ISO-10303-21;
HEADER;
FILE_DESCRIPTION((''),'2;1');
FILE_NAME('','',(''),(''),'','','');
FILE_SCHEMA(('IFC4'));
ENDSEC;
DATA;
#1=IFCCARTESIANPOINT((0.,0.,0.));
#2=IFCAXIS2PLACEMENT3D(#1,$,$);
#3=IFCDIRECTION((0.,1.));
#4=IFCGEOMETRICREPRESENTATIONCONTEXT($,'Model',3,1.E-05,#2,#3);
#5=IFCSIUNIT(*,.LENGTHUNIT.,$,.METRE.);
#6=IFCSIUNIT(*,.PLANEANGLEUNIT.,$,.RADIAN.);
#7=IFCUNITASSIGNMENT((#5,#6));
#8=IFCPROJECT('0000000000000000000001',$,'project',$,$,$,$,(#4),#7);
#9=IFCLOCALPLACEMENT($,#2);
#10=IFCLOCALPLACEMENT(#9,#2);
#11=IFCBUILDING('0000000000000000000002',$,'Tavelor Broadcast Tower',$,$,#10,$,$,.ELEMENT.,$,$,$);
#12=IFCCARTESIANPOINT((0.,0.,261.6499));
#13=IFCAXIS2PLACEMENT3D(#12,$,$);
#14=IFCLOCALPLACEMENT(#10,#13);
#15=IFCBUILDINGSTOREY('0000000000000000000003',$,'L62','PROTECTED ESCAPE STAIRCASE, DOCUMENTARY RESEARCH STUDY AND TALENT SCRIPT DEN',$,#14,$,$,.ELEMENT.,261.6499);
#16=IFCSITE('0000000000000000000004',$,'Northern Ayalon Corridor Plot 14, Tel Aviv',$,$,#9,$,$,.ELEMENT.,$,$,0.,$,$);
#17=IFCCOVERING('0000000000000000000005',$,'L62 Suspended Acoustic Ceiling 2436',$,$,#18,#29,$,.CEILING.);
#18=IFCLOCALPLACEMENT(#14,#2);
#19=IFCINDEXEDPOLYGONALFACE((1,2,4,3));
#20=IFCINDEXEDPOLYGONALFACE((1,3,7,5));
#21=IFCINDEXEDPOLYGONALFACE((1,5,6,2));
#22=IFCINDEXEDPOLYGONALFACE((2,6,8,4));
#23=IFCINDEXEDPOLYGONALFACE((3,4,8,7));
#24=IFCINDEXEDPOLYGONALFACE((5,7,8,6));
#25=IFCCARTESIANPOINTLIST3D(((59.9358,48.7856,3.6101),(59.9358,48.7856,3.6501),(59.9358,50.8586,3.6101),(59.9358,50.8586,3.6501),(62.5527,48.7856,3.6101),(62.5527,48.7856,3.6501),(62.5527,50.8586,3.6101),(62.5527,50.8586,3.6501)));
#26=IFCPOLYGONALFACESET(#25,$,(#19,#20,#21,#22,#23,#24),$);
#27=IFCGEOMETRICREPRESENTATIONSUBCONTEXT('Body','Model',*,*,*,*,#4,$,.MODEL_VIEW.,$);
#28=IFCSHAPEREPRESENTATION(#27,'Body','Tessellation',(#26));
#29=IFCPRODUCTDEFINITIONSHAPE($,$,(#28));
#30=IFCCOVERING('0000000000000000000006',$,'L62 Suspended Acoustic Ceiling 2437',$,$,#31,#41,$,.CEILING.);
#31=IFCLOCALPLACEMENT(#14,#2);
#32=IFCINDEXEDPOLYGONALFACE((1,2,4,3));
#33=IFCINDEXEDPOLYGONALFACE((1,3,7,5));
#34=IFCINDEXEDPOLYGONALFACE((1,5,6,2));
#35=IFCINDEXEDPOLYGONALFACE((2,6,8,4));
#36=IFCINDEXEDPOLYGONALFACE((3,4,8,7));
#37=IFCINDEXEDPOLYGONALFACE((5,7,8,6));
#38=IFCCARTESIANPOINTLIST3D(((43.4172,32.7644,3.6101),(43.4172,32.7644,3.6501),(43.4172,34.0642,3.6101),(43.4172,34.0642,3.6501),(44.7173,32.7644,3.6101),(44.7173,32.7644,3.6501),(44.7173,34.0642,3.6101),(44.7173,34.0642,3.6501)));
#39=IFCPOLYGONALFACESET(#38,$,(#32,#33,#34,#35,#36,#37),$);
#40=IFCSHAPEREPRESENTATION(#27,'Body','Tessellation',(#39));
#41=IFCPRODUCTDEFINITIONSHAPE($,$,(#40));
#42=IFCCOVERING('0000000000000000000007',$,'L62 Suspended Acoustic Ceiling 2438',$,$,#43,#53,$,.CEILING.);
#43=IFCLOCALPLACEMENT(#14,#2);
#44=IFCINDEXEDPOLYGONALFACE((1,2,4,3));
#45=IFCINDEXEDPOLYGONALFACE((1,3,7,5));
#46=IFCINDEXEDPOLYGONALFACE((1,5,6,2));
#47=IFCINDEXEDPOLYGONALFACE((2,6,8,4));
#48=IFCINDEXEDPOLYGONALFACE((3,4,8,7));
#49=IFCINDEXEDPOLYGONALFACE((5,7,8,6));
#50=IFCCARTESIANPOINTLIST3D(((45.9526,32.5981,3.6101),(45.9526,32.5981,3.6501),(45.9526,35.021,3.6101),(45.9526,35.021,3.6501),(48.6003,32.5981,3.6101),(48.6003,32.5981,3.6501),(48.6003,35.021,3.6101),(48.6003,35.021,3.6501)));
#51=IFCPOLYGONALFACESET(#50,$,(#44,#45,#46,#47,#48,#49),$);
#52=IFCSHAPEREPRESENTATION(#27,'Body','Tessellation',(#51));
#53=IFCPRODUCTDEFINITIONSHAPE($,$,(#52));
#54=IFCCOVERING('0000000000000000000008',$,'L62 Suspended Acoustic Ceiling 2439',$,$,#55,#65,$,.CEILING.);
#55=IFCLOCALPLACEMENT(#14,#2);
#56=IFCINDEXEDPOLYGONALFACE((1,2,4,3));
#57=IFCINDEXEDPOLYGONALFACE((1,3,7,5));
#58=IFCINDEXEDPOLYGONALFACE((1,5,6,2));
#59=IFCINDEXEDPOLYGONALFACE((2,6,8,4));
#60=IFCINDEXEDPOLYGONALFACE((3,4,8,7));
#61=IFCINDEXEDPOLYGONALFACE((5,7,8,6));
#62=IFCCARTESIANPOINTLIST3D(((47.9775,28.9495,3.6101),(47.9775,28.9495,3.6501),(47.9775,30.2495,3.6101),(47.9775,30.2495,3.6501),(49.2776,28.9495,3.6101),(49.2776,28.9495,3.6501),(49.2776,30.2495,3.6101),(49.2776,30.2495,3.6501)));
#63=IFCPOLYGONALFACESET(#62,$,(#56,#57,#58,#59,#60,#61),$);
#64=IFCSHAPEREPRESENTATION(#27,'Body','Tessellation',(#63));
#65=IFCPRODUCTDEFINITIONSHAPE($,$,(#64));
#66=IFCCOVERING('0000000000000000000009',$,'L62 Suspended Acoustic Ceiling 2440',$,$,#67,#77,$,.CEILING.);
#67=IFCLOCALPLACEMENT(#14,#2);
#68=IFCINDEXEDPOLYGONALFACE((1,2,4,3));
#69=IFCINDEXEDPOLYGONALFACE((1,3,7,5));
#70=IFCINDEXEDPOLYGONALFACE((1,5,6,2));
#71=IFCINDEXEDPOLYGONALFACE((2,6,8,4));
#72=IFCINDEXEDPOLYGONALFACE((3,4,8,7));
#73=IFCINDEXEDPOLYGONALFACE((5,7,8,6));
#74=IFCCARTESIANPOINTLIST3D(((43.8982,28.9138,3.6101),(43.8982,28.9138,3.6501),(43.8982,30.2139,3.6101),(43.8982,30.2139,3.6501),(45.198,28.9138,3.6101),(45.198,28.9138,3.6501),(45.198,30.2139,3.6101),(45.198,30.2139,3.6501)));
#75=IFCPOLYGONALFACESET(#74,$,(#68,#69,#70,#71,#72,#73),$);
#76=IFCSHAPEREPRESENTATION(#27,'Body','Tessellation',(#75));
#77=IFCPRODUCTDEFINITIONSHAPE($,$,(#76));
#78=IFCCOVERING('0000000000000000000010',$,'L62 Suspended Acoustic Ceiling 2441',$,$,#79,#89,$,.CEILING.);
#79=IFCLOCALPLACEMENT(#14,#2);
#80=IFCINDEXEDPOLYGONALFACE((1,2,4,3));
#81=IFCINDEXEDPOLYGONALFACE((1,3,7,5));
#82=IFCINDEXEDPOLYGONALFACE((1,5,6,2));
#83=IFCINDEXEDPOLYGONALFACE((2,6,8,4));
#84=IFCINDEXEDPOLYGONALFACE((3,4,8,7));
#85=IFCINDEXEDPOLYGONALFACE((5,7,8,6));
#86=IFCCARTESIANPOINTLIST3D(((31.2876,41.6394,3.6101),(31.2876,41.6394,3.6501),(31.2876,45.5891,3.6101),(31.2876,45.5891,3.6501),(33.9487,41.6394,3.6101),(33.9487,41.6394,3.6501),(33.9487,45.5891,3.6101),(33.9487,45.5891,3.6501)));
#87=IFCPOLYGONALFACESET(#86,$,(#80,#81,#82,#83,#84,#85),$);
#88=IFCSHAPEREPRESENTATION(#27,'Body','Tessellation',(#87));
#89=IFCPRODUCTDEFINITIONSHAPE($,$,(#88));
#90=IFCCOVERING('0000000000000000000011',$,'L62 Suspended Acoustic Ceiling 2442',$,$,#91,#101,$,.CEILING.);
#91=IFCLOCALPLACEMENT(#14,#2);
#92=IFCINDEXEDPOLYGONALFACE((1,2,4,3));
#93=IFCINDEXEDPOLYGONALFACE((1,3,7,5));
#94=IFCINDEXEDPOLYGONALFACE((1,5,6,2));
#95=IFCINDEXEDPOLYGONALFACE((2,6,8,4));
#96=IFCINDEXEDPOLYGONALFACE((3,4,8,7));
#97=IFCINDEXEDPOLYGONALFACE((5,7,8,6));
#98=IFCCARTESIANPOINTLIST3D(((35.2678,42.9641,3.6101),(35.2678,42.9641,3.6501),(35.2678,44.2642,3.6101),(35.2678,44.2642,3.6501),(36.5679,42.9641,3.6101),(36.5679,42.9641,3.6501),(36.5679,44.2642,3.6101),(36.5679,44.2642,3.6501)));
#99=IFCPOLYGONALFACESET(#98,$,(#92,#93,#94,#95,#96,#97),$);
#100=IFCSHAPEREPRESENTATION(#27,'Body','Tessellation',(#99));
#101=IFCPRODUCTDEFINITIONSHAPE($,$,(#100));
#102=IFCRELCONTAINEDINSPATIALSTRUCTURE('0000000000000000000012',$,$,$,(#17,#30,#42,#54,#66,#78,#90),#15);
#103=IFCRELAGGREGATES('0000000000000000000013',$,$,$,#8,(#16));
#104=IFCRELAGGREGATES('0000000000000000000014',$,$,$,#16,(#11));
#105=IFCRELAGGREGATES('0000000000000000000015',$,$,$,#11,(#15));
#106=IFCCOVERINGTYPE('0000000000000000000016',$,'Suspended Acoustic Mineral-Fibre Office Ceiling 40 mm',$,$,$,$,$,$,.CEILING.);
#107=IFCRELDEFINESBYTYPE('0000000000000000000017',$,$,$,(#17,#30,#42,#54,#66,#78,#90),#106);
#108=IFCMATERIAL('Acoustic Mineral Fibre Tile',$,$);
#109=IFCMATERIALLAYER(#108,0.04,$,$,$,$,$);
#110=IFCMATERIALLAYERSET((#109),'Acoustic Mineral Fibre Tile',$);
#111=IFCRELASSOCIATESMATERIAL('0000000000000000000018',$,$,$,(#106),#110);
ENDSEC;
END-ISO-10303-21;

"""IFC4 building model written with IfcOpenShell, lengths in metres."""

from ifc_helpers import new_model, si_unit, direction, frame, origin, place, context, subcontext, project, spatial, polyline, outline, extrude, material, layer, layer_set, type_object, element, save


model = new_model("IFC4")

# Units and contexts
model_context = context("Model", 3, precision=1e-05, world=origin(), true_north=direction((0.0, 1.0)))
body_context = subcontext(model_context, "Body", "Model", "MODEL_VIEW")
ifc_project = project(units=[si_unit("LENGTHUNIT", "METRE"), si_unit("PLANEANGLEUNIT", "RADIAN")], contexts=[model_context])

# Site, building, storey
site_placement = place(None, origin())
site = spatial("IfcSite", under=ifc_project, at=site_placement, Name="Northern Ayalon Corridor Plot 14, Tel Aviv", CompositionType="ELEMENT", RefElevation=0.0)
building_placement = place(site_placement, origin())
building = spatial("IfcBuilding", under=site, at=building_placement, Name="Tavelor Broadcast Tower", CompositionType="ELEMENT")
storey_placement = place(building_placement, frame((0.0, 0.0, 261.6499)))
storey = spatial("IfcBuildingStorey", under=building, at=storey_placement, Name="L62", Description="PROTECTED ESCAPE STAIRCASE, DOCUMENTARY RESEARCH STUDY AND TALENT SCRIPT DEN", CompositionType="ELEMENT", Elevation=261.6499)

# Coverings
ifc_material_1 = material(Name="Acoustic Mineral Fibre Tile")
ifc_layer_1 = layer(ifc_material_1, 0.04)
ifc_layer_set_1 = layer_set([ifc_layer_1], Name="Acoustic Mineral Fibre Tile")
covering_type_1 = type_object("IfcCoveringType", Name="Suspended Acoustic Mineral-Fibre Office Ceiling 40 mm", PredefinedType="CEILING", material=ifc_layer_set_1)
covering_1_placement = place(storey_placement, frame((0.0, 0.0, 3.6101)))
element("IfcCovering", 1, at=covering_1_placement, inside=storey, type_object=covering_type_1, Name="L62 Suspended Acoustic Ceiling 2436", PredefinedType="CEILING", context=body_context, shape_type="SweptSolid", body=[
    extrude(outline(polyline([(59.9358, 48.7856), (62.5527, 48.7856), (62.5527, 50.8586), (59.9358, 50.8586), (59.9358, 48.7856)])), origin(), (0.0, 0.0, 1.0), 0.04),
])
covering_2_placement = place(storey_placement, frame((0.0, 0.0, 3.6101)))
element("IfcCovering", 2, at=covering_2_placement, inside=storey, type_object=covering_type_1, Name="L62 Suspended Acoustic Ceiling 2437", PredefinedType="CEILING", context=body_context, shape_type="SweptSolid", body=[
    extrude(outline(polyline([(43.4172, 32.7644), (44.7173, 32.7644), (44.7173, 34.0642), (43.4172, 34.0642), (43.4172, 32.7644)])), origin(), (0.0, 0.0, 1.0), 0.04),
])
covering_3_placement = place(storey_placement, frame((0.0, 0.0, 3.6101)))
element("IfcCovering", 3, at=covering_3_placement, inside=storey, type_object=covering_type_1, Name="L62 Suspended Acoustic Ceiling 2438", PredefinedType="CEILING", context=body_context, shape_type="SweptSolid", body=[
    extrude(outline(polyline([(45.9526, 32.5981), (48.6003, 32.5981), (48.6003, 35.021), (45.9526, 35.021), (45.9526, 32.5981)])), origin(), (0.0, 0.0, 1.0), 0.04),
])
covering_4_placement = place(storey_placement, frame((0.0, 0.0, 3.6101)))
element("IfcCovering", 4, at=covering_4_placement, inside=storey, type_object=covering_type_1, Name="L62 Suspended Acoustic Ceiling 2439", PredefinedType="CEILING", context=body_context, shape_type="SweptSolid", body=[
    extrude(outline(polyline([(47.9775, 28.9495), (49.2776, 28.9495), (49.2776, 30.2495), (47.9775, 30.2495), (47.9775, 28.9495)])), origin(), (0.0, 0.0, 1.0), 0.04),
])
covering_5_placement = place(storey_placement, frame((0.0, 0.0, 3.6101)))
element("IfcCovering", 5, at=covering_5_placement, inside=storey, type_object=covering_type_1, Name="L62 Suspended Acoustic Ceiling 2440", PredefinedType="CEILING", context=body_context, shape_type="SweptSolid", body=[
    extrude(outline(polyline([(43.8982, 28.9138), (45.198, 28.9138), (45.198, 30.2139), (43.8982, 30.2139), (43.8982, 28.9138)])), origin(), (0.0, 0.0, 1.0), 0.04),
])
covering_6_placement = place(storey_placement, frame((0.0, 0.0, 3.6101)))
element("IfcCovering", 6, at=covering_6_placement, inside=storey, type_object=covering_type_1, Name="L62 Suspended Acoustic Ceiling 2441", PredefinedType="CEILING", context=body_context, shape_type="SweptSolid", body=[
    extrude(outline(polyline([(31.2876, 41.6394), (33.9487, 41.6394), (33.9487, 45.5891), (31.2876, 45.5891), (31.2876, 41.6394)])), origin(), (0.0, 0.0, 1.0), 0.04),
])
covering_7_placement = place(storey_placement, frame((0.0, 0.0, 3.6101)))
element("IfcCovering", 7, at=covering_7_placement, inside=storey, type_object=covering_type_1, Name="L62 Suspended Acoustic Ceiling 2442", PredefinedType="CEILING", context=body_context, shape_type="SweptSolid", body=[
    extrude(outline(polyline([(35.2678, 42.9641), (36.5679, 42.9641), (36.5679, 44.2642), (35.2678, 44.2642), (35.2678, 42.9641)])), origin(), (0.0, 0.0, 1.0), 0.04),
])

save(model, "model.ifc")
